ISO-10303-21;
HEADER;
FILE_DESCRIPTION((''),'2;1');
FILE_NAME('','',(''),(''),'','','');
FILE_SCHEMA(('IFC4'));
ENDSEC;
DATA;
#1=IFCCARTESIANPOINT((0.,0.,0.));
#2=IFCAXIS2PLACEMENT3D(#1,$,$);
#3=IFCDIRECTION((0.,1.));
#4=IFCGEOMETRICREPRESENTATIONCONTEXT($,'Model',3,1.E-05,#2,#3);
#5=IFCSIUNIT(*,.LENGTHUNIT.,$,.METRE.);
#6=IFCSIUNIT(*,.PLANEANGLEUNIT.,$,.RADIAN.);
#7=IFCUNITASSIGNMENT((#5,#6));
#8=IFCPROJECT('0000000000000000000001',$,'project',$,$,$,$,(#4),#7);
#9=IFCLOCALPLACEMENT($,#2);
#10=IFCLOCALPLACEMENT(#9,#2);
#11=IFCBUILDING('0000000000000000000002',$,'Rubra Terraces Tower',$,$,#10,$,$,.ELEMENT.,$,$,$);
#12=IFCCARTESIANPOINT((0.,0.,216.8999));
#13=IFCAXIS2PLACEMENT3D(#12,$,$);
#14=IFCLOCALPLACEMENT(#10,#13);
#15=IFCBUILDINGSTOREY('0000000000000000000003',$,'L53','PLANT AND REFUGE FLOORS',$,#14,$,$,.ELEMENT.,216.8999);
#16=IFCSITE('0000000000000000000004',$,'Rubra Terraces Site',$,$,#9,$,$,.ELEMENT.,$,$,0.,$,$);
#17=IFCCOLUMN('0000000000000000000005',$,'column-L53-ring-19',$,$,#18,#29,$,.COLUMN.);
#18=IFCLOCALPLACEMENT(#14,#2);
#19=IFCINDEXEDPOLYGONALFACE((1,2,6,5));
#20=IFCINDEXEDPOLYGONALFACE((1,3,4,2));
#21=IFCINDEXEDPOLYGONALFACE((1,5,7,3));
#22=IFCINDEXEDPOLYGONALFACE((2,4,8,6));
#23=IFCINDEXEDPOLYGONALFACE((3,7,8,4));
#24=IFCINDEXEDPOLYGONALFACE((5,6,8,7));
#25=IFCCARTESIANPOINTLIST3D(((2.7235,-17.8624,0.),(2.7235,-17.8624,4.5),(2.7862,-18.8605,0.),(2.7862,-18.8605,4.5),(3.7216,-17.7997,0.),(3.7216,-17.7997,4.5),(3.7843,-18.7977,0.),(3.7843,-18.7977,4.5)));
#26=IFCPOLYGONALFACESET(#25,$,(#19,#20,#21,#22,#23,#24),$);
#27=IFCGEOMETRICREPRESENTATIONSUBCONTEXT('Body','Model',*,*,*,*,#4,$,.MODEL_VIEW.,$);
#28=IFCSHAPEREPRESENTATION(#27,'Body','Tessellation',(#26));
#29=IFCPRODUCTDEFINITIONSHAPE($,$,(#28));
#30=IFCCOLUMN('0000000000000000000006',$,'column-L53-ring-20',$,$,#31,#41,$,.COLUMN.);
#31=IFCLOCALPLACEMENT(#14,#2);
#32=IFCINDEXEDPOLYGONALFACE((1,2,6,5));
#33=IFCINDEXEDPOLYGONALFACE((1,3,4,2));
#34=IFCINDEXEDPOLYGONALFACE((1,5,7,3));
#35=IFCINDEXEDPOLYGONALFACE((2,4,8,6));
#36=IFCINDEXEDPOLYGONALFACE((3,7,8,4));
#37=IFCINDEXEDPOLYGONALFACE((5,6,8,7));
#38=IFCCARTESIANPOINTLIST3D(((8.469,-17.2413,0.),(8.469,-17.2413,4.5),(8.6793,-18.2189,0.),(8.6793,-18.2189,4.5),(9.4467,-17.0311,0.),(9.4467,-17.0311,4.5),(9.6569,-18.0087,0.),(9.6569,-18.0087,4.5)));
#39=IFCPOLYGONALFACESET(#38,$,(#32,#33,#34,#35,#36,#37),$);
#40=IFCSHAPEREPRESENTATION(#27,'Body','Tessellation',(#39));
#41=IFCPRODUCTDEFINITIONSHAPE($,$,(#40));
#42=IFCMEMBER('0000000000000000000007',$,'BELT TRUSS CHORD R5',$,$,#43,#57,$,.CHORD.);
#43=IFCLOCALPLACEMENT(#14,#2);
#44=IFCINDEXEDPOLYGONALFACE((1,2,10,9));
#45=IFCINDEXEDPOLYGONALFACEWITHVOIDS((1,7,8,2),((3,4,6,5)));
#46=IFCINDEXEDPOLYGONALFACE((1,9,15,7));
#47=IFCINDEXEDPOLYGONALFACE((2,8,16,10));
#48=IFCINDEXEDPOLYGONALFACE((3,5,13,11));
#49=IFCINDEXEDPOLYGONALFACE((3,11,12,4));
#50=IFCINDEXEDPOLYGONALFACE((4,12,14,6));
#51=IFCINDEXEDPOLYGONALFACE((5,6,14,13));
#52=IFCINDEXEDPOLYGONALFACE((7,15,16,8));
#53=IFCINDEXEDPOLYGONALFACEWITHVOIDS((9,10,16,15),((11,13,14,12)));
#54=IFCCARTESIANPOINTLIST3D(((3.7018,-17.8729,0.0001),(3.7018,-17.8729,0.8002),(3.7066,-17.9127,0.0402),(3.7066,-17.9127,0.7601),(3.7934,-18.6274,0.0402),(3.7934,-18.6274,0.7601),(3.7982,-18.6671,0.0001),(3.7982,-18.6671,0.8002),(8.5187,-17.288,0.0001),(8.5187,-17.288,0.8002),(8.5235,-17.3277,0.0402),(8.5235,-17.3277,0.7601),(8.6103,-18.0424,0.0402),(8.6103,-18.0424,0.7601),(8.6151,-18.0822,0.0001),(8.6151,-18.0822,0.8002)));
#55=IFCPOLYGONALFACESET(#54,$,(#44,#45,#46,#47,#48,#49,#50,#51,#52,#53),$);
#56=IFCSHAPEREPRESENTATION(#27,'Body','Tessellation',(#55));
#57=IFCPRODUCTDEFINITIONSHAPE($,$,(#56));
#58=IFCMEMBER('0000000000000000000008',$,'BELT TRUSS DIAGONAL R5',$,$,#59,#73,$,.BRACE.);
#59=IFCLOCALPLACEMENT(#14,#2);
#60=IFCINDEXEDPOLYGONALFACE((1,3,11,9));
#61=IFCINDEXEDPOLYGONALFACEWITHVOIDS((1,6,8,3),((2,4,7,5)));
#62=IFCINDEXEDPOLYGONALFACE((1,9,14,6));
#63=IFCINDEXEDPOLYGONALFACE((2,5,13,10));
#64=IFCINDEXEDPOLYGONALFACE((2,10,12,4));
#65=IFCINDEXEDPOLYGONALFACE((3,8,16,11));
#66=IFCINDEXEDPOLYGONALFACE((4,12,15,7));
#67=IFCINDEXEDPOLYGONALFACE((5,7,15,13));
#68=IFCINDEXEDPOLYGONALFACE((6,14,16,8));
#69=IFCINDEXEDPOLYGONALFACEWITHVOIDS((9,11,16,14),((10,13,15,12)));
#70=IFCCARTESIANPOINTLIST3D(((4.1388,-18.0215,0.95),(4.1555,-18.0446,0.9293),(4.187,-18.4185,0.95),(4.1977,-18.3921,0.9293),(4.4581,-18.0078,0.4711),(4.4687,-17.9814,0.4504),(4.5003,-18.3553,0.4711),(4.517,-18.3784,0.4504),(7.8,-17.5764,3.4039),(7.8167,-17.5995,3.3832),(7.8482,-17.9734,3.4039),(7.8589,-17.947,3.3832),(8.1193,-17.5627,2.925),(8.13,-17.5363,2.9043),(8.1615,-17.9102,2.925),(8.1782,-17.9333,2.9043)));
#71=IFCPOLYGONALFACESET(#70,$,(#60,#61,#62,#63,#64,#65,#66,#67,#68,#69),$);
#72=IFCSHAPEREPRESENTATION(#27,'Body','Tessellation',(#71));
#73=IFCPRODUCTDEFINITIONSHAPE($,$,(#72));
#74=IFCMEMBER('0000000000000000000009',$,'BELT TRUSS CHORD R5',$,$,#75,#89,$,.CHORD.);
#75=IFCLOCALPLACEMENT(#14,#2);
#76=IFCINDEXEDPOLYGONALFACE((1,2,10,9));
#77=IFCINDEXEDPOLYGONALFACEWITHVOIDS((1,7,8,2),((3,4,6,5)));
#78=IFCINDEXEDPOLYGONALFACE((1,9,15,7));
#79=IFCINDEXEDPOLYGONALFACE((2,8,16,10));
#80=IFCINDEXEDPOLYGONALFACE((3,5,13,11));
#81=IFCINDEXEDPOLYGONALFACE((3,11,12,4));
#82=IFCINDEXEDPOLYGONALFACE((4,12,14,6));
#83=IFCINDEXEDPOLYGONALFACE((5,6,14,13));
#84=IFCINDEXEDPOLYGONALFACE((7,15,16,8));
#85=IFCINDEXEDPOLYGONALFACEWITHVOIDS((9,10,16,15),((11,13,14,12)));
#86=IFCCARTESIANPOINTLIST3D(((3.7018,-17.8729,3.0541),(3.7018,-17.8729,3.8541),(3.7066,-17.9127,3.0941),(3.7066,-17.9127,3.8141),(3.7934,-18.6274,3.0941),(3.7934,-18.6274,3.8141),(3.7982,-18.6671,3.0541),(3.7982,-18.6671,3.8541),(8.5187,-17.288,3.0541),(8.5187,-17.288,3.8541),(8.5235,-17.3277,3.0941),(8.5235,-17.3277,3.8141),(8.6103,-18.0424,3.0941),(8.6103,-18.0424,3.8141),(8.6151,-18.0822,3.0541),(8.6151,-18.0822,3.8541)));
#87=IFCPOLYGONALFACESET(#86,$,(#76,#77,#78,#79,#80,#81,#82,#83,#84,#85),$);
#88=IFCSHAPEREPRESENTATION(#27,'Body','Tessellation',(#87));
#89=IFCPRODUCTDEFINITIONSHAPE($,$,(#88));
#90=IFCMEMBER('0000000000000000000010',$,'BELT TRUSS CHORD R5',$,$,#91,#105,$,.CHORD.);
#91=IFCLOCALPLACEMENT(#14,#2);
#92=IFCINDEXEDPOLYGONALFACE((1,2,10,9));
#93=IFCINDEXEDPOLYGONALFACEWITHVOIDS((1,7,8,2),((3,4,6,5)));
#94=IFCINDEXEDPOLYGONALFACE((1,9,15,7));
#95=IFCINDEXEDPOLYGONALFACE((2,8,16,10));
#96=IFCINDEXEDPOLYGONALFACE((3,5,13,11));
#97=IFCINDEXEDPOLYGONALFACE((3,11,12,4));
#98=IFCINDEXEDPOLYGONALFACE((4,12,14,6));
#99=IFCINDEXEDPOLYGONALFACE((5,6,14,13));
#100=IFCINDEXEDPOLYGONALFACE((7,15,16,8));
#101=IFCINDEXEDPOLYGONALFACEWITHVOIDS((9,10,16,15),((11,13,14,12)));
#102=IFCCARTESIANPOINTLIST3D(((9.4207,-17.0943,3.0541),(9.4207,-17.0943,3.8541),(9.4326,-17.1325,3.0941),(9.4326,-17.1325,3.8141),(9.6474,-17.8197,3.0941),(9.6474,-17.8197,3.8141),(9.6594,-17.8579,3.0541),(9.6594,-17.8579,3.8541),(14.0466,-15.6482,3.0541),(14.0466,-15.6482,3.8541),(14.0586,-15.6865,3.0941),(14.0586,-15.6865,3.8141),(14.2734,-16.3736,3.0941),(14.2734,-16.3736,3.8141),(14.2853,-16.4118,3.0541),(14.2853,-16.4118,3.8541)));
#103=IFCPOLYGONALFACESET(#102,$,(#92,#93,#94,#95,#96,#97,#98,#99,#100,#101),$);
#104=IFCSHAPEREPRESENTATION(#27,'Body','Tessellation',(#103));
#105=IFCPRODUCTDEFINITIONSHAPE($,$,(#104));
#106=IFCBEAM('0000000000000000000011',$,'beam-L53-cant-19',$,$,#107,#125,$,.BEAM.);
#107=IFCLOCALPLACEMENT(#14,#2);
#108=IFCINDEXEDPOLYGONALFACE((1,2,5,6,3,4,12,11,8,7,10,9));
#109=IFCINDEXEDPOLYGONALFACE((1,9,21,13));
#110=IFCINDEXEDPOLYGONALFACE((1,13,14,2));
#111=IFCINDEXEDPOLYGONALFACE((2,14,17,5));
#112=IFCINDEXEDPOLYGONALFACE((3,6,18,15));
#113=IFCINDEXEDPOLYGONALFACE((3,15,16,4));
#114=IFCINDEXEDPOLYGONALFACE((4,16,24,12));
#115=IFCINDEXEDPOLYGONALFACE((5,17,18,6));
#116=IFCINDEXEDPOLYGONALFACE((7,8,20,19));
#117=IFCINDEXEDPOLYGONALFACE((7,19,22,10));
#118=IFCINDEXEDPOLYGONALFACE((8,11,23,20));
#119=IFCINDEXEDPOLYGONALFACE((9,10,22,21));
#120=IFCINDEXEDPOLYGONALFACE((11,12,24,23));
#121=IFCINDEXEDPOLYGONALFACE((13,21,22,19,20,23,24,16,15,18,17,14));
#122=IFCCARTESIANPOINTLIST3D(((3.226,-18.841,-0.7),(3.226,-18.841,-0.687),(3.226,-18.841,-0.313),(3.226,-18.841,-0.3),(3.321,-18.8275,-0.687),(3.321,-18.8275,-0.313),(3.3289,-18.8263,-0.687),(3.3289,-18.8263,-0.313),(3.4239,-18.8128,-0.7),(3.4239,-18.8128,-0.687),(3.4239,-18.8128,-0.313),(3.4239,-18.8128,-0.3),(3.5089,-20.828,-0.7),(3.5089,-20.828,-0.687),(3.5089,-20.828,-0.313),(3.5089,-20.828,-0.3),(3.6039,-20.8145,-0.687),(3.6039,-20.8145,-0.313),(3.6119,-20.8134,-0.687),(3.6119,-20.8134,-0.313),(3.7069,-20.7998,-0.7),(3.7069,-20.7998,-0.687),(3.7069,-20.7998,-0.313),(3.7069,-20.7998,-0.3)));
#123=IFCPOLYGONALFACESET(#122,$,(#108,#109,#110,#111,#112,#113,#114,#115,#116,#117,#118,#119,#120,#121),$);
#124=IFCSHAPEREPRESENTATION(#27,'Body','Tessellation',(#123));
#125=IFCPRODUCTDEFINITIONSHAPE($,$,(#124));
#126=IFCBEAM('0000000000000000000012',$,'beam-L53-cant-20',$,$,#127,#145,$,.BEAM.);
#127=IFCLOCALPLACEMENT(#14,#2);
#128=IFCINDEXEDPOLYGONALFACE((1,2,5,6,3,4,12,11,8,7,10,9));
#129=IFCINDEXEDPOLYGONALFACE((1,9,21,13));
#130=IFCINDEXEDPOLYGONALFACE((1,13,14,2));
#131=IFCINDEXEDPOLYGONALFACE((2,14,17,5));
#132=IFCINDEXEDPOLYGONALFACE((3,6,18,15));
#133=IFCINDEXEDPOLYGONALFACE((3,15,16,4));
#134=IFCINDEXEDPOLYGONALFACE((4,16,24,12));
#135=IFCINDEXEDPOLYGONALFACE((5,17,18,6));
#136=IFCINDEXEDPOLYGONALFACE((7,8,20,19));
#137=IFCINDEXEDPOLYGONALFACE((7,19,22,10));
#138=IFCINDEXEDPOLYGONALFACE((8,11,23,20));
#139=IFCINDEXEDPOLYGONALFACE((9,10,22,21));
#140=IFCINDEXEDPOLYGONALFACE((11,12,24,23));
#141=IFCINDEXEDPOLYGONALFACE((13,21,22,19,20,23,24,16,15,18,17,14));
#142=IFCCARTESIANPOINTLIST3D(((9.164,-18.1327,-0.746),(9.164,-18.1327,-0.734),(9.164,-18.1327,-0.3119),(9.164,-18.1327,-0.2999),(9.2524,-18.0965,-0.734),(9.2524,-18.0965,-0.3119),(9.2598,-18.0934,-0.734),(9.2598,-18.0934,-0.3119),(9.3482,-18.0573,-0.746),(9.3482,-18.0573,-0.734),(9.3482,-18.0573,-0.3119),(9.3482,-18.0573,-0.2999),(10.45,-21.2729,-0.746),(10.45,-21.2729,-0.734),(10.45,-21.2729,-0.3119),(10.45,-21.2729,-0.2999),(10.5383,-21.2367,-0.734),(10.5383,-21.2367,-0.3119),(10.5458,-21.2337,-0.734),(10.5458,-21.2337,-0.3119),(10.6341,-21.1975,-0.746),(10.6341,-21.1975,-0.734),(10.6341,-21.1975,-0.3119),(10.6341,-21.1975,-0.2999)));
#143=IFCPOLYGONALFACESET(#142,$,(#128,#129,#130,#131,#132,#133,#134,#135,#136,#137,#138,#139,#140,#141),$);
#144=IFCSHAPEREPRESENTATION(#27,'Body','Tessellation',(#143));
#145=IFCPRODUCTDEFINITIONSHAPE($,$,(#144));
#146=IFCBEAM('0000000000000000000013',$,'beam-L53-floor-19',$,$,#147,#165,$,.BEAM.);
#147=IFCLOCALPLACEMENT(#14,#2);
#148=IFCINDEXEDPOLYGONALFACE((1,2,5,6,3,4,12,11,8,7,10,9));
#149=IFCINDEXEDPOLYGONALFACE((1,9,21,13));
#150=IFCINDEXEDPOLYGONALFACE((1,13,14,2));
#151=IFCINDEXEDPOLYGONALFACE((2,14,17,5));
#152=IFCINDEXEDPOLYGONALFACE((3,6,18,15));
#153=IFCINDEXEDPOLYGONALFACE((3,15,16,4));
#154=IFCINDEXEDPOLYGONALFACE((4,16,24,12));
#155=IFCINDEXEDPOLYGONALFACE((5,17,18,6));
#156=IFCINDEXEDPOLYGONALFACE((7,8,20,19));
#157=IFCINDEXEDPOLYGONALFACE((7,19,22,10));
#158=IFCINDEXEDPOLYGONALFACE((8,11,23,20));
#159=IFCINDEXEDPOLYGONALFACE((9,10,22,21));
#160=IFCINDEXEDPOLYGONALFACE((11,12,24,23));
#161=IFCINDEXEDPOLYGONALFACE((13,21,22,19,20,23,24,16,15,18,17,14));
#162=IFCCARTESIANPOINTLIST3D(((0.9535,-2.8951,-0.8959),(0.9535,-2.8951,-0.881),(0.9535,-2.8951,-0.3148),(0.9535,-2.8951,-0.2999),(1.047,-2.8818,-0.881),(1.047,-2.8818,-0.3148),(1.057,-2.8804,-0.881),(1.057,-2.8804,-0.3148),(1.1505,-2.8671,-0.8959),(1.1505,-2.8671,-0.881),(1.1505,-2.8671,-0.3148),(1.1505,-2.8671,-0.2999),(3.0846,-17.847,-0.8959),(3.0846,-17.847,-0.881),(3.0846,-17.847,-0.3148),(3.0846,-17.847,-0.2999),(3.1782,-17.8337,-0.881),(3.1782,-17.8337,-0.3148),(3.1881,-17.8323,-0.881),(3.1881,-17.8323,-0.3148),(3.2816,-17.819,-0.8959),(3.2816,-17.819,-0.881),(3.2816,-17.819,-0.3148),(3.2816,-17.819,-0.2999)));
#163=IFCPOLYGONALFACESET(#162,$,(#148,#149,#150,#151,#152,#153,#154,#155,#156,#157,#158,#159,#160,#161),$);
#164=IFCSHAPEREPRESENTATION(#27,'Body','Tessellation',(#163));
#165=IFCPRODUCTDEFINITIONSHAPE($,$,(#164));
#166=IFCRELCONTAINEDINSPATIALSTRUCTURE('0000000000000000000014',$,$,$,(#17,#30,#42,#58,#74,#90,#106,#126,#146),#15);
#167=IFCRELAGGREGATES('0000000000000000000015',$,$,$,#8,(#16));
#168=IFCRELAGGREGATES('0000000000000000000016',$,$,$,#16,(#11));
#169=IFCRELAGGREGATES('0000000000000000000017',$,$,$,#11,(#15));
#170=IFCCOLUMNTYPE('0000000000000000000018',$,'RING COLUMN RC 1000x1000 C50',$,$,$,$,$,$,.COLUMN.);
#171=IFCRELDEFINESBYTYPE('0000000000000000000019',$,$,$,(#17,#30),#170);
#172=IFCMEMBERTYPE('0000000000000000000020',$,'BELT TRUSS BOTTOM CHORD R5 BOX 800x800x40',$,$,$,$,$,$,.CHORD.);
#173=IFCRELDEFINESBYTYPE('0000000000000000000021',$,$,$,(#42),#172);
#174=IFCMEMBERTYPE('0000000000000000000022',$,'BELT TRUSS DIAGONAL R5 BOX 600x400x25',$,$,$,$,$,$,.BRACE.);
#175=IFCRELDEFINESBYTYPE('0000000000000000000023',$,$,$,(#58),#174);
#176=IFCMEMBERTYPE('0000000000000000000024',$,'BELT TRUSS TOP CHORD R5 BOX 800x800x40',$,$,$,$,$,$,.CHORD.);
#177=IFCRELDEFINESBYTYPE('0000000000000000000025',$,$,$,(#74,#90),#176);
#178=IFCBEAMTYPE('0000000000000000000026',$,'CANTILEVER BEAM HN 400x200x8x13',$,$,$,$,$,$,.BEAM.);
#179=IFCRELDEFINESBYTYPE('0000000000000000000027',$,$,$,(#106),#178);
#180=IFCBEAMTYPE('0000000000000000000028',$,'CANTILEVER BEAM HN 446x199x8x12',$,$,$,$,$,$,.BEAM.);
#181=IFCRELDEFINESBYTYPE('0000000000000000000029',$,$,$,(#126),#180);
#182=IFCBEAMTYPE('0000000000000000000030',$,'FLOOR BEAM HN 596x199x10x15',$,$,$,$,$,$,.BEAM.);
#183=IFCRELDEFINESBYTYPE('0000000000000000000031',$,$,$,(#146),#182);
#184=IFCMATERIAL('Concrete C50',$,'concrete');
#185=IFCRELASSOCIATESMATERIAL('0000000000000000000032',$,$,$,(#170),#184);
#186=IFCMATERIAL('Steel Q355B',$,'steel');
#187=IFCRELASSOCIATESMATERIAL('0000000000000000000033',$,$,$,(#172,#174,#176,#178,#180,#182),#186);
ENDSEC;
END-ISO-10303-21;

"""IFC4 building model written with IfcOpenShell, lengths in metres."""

from ifc_helpers import new_model, si_unit, direction, frame, origin, origin_2d, place, context, subcontext, project, spatial, rectangle, hollow_rectangle, i_section, extrude, material, material_profile, profile_set, type_object, element, save


model = new_model("IFC4")

# Units and contexts
model_context = context("Model", 3, precision=1e-05, world=origin(), true_north=direction((0.0, 1.0)))
body_context = subcontext(model_context, "Body", "Model", "MODEL_VIEW")
ifc_project = project(units=[si_unit("LENGTHUNIT", "METRE"), si_unit("PLANEANGLEUNIT", "RADIAN")], contexts=[model_context])

# Site, building, storey
site_placement = place(None, origin())
site = spatial("IfcSite", under=ifc_project, at=site_placement, Name="Rubra Terraces Site", CompositionType="ELEMENT", RefElevation=0.0)
building_placement = place(site_placement, origin())
building = spatial("IfcBuilding", under=site, at=building_placement, Name="Rubra Terraces Tower", CompositionType="ELEMENT")
storey_placement = place(building_placement, frame((0.0, 0.0, 216.8999)))
storey = spatial("IfcBuildingStorey", under=building, at=storey_placement, Name="L53", Description="PLANT AND REFUGE FLOORS", CompositionType="ELEMENT", Elevation=216.8999)

# Columns
ifc_material_1 = material(Name="Concrete C50", Category="concrete")
ifc_material_profile_1 = material_profile(ifc_material_1, rectangle(XDim=1.0, YDim=1.0, at=origin_2d()), Name="RC 1000x1000")
ifc_profile_set_1 = profile_set([ifc_material_profile_1], Name="Concrete C50")
column_type = type_object("IfcColumnType", Name="RING COLUMN RC 1000x1000 C50", PredefinedType="COLUMN", material=ifc_profile_set_1)
for number, where, z_axis, x_axis, name in (
    (1, (3.2539, -18.3301, 0.0), (0.0, 0.0, 1.0), (0.998032, 0.062714, 0.0), "column-L53-ring-19"),
    (2, (9.063, -17.625, 0.0), (0.0, 0.0, 1.0), (0.977653, 0.210227, 0.0), "column-L53-ring-20"),
):
    element("IfcColumn", number, at=place(storey_placement, frame(where, z_axis=z_axis, x_axis=x_axis)), inside=storey, type_object=column_type, Name=name, PredefinedType="COLUMN", context=body_context, shape_type="SweptSolid", body=[
        extrude(rectangle(XDim=1.0, YDim=1.0, at=origin_2d()), origin(), (0.0, 0.0, 1.0), 4.5),
    ])

# Members
ifc_material_2 = material(Name="Steel Q355B", Category="steel")
ifc_material_profile_2 = material_profile(ifc_material_2, hollow_rectangle(XDim=0.8, YDim=0.8, WallThickness=0.04, at=origin_2d()), Name="BOX 800x800x40")
ifc_profile_set_2 = profile_set([ifc_material_profile_2], Name="Steel Q355B")
member_type_1 = type_object("IfcMemberType", Name="BELT TRUSS BOTTOM CHORD R5 BOX 800x800x40", PredefinedType="CHORD", material=ifc_profile_set_2)
member_1_placement = place(storey_placement, frame((3.75, -18.27, 0.4001), z_axis=(0.992707, 0.120554, 0.0), x_axis=(-0.120554, 0.992707, 0.0)))
element("IfcMember", 3, at=member_1_placement, inside=storey, type_object=member_type_1, Name="BELT TRUSS CHORD R5", PredefinedType="CHORD", context=body_context, shape_type="SweptSolid", body=[
    extrude(hollow_rectangle(XDim=0.8, YDim=0.8, WallThickness=0.04, at=origin_2d()), origin(), (0.0, 0.0, 1.0), 4.8523),
])
ifc_material_profile_3 = material_profile(ifc_material_2, hollow_rectangle(XDim=0.3999, YDim=0.6001, WallThickness=0.0249, at=origin_2d()), Name="BOX 600x400x25")
ifc_profile_set_3 = profile_set([ifc_material_profile_3], Name="Steel Q355B")
member_type_2 = type_object("IfcMemberType", Name="BELT TRUSS DIAGONAL R5 BOX 600x400x25", PredefinedType="BRACE", material=ifc_profile_set_3)
member_2_placement = place(storey_placement, frame((4.3279, -18.2, 0.7002), z_axis=(0.826472, 0.100471, 0.553939), x_axis=(-0.120677, 0.992692, 0.0)))
element("IfcMember", 4, at=member_2_placement, inside=storey, type_object=member_type_2, Name="BELT TRUSS DIAGONAL R5", PredefinedType="BRACE", context=body_context, shape_type="SweptSolid", body=[
    extrude(hollow_rectangle(XDim=0.3999, YDim=0.6001, WallThickness=0.0249, at=origin_2d()), origin(), (0.0, 0.0, 1.0), 4.4299),
])
ifc_material_profile_4 = material_profile(ifc_material_2, hollow_rectangle(XDim=0.8, YDim=0.8, WallThickness=0.04, at=origin_2d()), Name="BOX 800x800x40")
ifc_profile_set_4 = profile_set([ifc_material_profile_4], Name="Steel Q355B")
member_type_3 = type_object("IfcMemberType", Name="BELT TRUSS TOP CHORD R5 BOX 800x800x40", PredefinedType="CHORD", material=ifc_profile_set_4)
member_3_placement = place(storey_placement, frame((3.75, -18.27, 3.4541), z_axis=(0.992707, 0.120554, 0.0), x_axis=(-0.120554, 0.992707, 0.0)))
element("IfcMember", 5, at=member_3_placement, inside=storey, type_object=member_type_3, Name="BELT TRUSS CHORD R5", PredefinedType="CHORD", context=body_context, shape_type="SweptSolid", body=[
    extrude(hollow_rectangle(XDim=0.8, YDim=0.8, WallThickness=0.04, at=origin_2d()), origin(), (0.0, 0.0, 1.0), 4.8523),
])
member_4_placement = place(storey_placement, frame((9.54, -17.4761, 3.4541), z_axis=(0.954455, 0.298355, 0.0), x_axis=(-0.298355, 0.954455, 0.0)))
element("IfcMember", 6, at=member_4_placement, inside=storey, type_object=member_type_3, Name="BELT TRUSS CHORD R5", PredefinedType="CHORD", context=body_context, shape_type="SweptSolid", body=[
    extrude(hollow_rectangle(XDim=0.8, YDim=0.8, WallThickness=0.04, at=origin_2d()), origin(), (0.0, 0.0, 1.0), 4.8467),
])

# Beams
ifc_material_profile_5 = material_profile(ifc_material_2, i_section(OverallWidth=0.2, OverallDepth=0.3999, WebThickness=0.0081, FlangeThickness=0.0129, at=origin_2d()), Name="HN 400x200x8x13")
ifc_profile_set_5 = profile_set([ifc_material_profile_5], Name="Steel Q355B")
beam_type_1 = type_object("IfcBeamType", Name="CANTILEVER BEAM HN 400x200x8x13", PredefinedType="BEAM", material=ifc_profile_set_5)
beam_1_placement = place(storey_placement, frame((3.325, -18.8269, -0.5), z_axis=(0.140979, -0.990013, 0.0), x_axis=(0.990013, 0.140979, 0.0)))
element("IfcBeam", 7, at=beam_1_placement, inside=storey, type_object=beam_type_1, Name="beam-L53-cant-19", PredefinedType="BEAM", context=body_context, shape_type="SweptSolid", body=[
    extrude(i_section(OverallWidth=0.2, OverallDepth=0.3999, WebThickness=0.0081, FlangeThickness=0.0129, at=origin_2d()), origin(), (0.0, 0.0, 1.0), 2.0071),
])
ifc_material_profile_6 = material_profile(ifc_material_2, i_section(OverallWidth=0.199, OverallDepth=0.446, WebThickness=0.0081, FlangeThickness=0.012, at=origin_2d()), Name="HN 446x199x8x12")
ifc_profile_set_6 = profile_set([ifc_material_profile_6], Name="Steel Q355B")
beam_type_2 = type_object("IfcBeamType", Name="CANTILEVER BEAM HN 446x199x8x12", PredefinedType="BEAM", material=ifc_profile_set_6)
beam_2_placement = place(storey_placement, frame((9.2561, -18.095, -0.5229), z_axis=(0.378958, -0.925414, 0.0), x_axis=(0.925414, 0.378958, 0.0)))
element("IfcBeam", 8, at=beam_2_placement, inside=storey, type_object=beam_type_2, Name="beam-L53-cant-20", PredefinedType="BEAM", context=body_context, shape_type="SweptSolid", body=[
    extrude(i_section(OverallWidth=0.199, OverallDepth=0.446, WebThickness=0.0081, FlangeThickness=0.012, at=origin_2d()), origin(), (0.0, 0.0, 1.0), 3.3933),
])
ifc_material_profile_7 = material_profile(ifc_material_2, i_section(OverallWidth=0.199, OverallDepth=0.5959, WebThickness=0.01, FlangeThickness=0.0149, at=origin_2d()), Name="HN 596x199x10x15")
ifc_profile_set_7 = profile_set([ifc_material_profile_7], Name="Steel Q355B")
beam_type_3 = type_object("IfcBeamType", Name="FLOOR BEAM HN 596x199x10x15", PredefinedType="BEAM", material=ifc_profile_set_7)
beam_3_placement = place(storey_placement, frame((3.1831, -17.833, -0.5979), z_axis=(-0.141105, 0.989995, 0.0), x_axis=(-0.989995, -0.141105, 0.0)))
element("IfcBeam", 9, at=beam_3_placement, inside=storey, type_object=beam_type_3, Name="beam-L53-floor-19", PredefinedType="BEAM", context=body_context, shape_type="SweptSolid", body=[
    extrude(i_section(OverallWidth=0.199, OverallDepth=0.5959, WebThickness=0.01, FlangeThickness=0.0149, at=origin_2d()), origin(), (0.0, 0.0, 1.0), 15.103),
])

save(model, "model.ifc")
